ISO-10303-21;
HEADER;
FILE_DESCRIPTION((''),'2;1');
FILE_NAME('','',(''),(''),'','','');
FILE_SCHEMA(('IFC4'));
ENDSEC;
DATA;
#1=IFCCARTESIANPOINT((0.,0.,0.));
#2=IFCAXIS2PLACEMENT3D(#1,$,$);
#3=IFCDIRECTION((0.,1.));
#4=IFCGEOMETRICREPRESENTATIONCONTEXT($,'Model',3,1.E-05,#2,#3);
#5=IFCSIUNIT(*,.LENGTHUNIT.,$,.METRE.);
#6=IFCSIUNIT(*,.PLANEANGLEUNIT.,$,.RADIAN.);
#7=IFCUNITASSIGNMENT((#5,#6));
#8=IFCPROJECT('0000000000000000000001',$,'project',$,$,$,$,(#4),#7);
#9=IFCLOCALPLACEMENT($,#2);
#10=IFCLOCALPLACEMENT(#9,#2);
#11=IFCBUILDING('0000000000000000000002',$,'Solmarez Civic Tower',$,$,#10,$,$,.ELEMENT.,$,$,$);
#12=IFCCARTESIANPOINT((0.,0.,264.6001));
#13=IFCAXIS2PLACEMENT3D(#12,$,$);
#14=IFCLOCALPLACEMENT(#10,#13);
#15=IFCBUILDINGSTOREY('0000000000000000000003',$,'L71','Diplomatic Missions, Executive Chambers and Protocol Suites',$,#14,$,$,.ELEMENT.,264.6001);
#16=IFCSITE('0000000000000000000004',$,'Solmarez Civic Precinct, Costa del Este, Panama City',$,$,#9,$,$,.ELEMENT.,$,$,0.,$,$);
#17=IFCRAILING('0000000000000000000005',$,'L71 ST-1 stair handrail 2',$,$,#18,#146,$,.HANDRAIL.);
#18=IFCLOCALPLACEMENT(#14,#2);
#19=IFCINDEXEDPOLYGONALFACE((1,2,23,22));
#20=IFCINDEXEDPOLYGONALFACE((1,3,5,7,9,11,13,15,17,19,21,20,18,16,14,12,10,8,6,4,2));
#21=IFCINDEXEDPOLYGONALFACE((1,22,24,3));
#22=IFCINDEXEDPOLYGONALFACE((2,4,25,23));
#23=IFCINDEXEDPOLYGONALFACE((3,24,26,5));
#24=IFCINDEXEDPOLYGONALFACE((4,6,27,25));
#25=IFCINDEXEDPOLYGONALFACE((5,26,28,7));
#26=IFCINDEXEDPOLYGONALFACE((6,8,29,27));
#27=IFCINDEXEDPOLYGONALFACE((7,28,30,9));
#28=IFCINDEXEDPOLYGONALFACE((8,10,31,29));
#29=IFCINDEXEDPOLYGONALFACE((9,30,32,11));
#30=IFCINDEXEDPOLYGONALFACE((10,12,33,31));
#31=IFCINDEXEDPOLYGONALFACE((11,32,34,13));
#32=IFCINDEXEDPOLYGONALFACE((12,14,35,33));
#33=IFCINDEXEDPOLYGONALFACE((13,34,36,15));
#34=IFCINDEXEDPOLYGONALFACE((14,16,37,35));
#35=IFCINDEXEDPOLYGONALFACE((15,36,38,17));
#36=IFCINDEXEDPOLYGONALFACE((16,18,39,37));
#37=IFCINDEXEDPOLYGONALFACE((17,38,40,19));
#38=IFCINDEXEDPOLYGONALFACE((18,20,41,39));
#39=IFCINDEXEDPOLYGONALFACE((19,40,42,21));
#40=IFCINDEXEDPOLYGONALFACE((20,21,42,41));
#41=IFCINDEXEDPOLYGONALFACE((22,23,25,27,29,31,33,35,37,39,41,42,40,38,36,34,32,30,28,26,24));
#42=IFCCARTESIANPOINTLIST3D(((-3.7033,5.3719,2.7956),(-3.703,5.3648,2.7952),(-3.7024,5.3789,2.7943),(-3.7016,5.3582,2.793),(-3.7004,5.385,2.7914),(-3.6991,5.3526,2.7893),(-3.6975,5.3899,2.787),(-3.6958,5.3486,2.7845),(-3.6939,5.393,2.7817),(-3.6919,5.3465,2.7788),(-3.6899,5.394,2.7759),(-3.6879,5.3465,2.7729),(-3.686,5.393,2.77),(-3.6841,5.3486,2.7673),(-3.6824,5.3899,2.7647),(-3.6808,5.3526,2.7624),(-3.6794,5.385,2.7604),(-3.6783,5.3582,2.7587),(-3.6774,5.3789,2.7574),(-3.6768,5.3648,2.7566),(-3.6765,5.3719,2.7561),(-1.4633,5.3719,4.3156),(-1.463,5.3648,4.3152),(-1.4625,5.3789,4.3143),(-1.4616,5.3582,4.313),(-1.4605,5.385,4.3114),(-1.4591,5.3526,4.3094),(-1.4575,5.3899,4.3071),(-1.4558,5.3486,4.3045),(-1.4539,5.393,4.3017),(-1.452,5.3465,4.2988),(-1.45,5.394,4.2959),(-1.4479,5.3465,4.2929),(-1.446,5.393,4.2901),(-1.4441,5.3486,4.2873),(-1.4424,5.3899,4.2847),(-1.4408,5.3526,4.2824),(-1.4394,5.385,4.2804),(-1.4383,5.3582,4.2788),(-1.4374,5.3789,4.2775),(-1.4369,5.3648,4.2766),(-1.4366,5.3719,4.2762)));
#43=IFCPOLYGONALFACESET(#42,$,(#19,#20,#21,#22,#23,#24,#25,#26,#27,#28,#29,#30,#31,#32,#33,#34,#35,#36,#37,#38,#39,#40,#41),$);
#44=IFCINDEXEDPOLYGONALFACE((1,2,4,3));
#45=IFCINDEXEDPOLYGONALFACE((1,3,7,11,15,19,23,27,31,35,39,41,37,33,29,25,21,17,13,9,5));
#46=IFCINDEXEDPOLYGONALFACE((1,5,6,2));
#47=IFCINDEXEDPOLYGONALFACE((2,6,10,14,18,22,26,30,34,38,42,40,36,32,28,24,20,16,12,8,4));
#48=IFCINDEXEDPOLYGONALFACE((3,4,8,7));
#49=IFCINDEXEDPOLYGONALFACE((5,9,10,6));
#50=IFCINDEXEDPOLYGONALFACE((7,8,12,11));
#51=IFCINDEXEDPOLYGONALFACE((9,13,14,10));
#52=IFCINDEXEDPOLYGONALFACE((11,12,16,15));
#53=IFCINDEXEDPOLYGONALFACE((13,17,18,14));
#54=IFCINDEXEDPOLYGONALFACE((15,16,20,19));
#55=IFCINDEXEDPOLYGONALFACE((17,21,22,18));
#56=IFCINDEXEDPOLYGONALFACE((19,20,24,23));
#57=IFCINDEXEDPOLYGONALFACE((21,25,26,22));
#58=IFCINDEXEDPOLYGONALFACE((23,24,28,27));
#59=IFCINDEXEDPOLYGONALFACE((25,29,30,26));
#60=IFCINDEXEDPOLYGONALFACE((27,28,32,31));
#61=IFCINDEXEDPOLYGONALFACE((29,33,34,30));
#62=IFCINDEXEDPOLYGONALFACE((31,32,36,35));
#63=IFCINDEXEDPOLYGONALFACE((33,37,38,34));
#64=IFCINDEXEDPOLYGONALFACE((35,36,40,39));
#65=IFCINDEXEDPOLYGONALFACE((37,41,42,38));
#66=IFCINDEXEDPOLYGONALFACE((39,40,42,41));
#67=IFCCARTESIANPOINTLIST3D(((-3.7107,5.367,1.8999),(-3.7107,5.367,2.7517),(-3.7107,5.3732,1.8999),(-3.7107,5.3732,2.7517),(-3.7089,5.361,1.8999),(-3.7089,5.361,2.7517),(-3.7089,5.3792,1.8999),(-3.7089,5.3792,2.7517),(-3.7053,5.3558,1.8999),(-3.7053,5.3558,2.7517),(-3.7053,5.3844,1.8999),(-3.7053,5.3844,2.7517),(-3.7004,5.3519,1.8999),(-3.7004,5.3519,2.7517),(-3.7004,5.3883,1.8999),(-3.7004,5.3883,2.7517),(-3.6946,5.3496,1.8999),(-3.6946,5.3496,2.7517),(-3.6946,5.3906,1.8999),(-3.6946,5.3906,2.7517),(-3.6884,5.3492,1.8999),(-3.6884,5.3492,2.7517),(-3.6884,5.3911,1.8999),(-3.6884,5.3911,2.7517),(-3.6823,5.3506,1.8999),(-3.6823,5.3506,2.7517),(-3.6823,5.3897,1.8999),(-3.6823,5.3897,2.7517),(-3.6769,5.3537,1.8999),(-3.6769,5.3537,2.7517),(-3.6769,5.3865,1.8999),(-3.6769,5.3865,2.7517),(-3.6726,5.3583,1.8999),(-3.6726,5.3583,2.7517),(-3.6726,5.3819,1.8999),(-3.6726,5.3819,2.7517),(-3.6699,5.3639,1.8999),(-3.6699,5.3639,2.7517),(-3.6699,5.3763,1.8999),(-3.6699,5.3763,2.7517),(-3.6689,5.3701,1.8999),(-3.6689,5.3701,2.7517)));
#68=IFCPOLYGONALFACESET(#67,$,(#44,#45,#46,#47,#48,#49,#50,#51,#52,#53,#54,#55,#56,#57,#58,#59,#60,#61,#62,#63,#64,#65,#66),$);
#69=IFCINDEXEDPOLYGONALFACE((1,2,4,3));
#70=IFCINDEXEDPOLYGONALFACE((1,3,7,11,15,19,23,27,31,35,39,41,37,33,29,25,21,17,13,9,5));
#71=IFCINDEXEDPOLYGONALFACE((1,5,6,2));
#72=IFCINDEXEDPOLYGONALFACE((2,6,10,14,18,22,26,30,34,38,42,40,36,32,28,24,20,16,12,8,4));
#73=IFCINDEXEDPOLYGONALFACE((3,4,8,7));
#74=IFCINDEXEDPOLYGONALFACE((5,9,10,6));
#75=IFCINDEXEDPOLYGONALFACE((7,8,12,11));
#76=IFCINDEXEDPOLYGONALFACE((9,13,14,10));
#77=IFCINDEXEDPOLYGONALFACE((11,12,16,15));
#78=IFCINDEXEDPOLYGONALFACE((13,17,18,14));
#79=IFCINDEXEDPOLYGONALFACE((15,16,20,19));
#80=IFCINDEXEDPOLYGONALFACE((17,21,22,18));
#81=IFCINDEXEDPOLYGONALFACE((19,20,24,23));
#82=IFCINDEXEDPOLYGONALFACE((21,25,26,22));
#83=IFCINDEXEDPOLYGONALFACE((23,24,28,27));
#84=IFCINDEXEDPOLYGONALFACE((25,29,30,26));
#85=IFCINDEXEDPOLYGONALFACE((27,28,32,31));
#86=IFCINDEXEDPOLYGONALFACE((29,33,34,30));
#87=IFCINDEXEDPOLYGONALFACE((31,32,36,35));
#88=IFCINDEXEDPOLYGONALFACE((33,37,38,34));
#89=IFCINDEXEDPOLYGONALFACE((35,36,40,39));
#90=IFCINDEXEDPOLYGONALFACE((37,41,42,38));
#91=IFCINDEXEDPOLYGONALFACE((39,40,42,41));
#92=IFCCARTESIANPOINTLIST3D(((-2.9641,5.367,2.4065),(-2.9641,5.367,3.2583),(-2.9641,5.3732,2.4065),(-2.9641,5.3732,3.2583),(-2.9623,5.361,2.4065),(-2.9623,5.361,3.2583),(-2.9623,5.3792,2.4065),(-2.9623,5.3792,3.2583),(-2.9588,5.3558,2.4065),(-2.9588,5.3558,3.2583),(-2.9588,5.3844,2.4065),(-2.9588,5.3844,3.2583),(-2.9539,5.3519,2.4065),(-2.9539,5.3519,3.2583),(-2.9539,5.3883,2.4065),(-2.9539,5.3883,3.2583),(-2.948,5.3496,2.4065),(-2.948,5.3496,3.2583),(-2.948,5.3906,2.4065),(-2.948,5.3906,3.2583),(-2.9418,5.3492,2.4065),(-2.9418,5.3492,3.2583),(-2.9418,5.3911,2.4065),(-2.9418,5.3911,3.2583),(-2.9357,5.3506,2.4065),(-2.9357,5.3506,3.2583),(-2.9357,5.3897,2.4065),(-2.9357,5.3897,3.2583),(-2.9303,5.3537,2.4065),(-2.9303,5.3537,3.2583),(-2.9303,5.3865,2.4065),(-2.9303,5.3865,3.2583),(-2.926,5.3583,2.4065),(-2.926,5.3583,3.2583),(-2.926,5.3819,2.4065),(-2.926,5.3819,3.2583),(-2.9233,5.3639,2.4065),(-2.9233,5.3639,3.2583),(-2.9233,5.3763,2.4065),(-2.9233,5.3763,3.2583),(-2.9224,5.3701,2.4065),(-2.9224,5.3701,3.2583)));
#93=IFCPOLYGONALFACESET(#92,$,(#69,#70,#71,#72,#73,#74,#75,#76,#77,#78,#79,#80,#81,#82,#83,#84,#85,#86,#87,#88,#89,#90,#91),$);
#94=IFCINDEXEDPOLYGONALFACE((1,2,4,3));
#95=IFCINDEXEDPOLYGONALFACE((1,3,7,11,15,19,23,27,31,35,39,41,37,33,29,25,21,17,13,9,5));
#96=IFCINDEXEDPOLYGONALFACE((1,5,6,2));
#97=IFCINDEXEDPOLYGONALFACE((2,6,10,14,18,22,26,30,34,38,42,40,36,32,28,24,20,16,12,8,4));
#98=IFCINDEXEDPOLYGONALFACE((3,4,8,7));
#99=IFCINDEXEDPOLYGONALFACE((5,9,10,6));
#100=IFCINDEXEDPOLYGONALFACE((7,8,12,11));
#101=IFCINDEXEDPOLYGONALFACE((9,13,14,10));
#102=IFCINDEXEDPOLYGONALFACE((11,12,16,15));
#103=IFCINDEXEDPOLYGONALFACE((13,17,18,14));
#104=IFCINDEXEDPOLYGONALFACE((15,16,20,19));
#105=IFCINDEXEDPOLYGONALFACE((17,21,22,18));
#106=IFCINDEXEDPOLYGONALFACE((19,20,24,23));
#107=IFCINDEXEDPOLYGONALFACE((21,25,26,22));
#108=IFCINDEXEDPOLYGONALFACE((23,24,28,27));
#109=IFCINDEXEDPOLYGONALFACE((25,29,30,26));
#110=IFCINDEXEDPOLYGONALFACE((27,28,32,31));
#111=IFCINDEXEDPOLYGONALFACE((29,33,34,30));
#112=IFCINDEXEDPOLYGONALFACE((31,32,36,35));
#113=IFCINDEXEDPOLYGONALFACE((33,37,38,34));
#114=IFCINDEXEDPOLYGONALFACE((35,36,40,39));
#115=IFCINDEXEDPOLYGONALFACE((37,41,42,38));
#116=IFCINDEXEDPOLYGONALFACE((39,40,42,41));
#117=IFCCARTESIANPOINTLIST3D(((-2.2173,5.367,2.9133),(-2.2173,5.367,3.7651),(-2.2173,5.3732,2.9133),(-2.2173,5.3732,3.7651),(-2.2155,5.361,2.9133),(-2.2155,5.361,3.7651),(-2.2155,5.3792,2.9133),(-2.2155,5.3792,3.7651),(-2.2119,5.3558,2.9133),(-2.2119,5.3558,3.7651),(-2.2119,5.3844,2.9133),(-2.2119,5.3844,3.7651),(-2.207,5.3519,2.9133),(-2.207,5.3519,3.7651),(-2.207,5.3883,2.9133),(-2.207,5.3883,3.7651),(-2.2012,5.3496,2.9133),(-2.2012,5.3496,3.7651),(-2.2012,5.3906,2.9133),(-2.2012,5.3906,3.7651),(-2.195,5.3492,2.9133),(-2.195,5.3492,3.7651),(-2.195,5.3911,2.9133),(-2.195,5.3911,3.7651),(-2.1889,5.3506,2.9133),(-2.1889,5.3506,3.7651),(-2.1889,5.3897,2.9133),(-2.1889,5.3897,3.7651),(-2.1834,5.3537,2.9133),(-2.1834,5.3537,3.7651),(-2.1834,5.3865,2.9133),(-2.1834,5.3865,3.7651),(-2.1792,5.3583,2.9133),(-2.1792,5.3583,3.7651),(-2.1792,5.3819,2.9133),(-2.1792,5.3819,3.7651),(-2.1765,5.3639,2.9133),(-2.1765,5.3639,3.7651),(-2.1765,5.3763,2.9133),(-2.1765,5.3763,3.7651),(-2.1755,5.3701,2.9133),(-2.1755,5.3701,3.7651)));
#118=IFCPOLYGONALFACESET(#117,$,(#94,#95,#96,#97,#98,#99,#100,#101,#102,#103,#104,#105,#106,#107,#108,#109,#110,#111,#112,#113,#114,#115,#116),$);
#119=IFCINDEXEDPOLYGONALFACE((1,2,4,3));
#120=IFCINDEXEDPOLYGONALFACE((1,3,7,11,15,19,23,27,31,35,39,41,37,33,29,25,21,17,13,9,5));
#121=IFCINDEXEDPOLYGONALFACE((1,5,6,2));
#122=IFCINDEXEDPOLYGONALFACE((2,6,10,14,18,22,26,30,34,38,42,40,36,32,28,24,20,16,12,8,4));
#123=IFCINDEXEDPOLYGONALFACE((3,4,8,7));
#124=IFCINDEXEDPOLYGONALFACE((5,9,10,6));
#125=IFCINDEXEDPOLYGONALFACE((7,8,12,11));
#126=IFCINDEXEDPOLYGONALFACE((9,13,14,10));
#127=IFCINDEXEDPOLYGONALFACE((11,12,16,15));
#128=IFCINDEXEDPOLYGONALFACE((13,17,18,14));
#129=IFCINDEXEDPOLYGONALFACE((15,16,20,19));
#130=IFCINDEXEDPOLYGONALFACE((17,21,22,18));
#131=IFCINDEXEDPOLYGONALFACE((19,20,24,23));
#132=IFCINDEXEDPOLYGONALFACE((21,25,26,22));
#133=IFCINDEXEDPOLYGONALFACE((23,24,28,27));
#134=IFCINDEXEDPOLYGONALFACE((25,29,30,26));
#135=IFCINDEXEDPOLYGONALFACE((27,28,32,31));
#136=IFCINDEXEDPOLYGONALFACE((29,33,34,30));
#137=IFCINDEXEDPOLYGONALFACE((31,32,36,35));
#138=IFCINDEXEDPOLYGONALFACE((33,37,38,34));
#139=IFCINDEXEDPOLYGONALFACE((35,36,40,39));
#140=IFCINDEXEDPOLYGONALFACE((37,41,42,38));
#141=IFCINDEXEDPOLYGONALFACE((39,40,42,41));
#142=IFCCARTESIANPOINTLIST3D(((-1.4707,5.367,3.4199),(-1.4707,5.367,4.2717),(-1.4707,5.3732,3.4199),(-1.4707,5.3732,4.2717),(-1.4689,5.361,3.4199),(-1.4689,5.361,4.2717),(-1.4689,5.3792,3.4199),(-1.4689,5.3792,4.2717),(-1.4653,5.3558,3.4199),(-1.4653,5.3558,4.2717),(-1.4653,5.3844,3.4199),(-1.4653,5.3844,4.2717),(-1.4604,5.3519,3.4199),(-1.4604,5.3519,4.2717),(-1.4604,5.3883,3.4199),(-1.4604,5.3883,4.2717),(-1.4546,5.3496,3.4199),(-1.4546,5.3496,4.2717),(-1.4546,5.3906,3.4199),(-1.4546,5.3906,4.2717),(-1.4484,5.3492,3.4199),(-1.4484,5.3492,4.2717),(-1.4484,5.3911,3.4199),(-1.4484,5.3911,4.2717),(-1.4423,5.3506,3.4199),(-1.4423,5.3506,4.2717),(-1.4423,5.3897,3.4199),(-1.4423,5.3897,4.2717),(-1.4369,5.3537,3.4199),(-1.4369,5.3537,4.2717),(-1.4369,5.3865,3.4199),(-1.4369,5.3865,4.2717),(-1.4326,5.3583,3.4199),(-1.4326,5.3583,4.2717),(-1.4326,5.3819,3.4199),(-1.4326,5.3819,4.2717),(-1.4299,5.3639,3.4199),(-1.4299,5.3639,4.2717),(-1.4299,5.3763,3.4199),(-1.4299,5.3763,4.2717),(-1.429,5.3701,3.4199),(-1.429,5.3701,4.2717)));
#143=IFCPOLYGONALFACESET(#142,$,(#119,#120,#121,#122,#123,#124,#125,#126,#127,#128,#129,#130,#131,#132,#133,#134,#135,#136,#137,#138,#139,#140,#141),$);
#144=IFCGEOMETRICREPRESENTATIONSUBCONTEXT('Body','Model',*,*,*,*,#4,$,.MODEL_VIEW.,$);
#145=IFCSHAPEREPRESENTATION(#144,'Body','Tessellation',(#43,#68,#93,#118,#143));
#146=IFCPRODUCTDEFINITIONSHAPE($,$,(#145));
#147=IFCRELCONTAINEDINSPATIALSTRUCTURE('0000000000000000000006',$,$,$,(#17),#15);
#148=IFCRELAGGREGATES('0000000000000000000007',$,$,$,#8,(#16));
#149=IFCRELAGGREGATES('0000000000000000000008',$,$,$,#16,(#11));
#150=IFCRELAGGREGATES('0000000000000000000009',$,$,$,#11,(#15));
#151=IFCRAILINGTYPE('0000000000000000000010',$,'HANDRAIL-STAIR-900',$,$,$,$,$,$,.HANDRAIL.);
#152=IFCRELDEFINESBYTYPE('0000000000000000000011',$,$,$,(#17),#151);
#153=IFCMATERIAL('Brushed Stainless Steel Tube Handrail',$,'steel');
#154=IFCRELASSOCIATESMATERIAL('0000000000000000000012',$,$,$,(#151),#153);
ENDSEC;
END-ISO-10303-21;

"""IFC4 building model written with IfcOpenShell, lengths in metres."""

from ifc_helpers import new_model, si_unit, direction, frame, origin, origin_2d, place, context, subcontext, project, spatial, circle, extrude, material, type_object, element, save


model = new_model("IFC4")

# Units and contexts
model_context = context("Model", 3, precision=1e-05, world=origin(), true_north=direction((0.0, 1.0)))
body_context = subcontext(model_context, "Body", "Model", "MODEL_VIEW")
ifc_project = project(units=[si_unit("LENGTHUNIT", "METRE"), si_unit("PLANEANGLEUNIT", "RADIAN")], contexts=[model_context])

# Site, building, storey
site_placement = place(None, origin())
site = spatial("IfcSite", under=ifc_project, at=site_placement, Name="Solmarez Civic Precinct, Costa del Este, Panama City", CompositionType="ELEMENT", RefElevation=0.0)
building_placement = place(site_placement, origin())
building = spatial("IfcBuilding", under=site, at=building_placement, Name="Solmarez Civic Tower", CompositionType="ELEMENT")
storey_placement = place(building_placement, frame((0.0, 0.0, 264.6001)))
storey = spatial("IfcBuildingStorey", under=building, at=storey_placement, Name="L71", Description="Diplomatic Missions, Executive Chambers and Protocol Suites", CompositionType="ELEMENT", Elevation=264.6001)

# Railing
ifc_material_1 = material(Name="Brushed Stainless Steel Tube Handrail", Category="steel")
railing_type_1 = type_object("IfcRailingType", Name="HANDRAIL-STAIR-900", PredefinedType="HANDRAIL", material=ifc_material_1)
railing_1_placement = place(storey_placement, frame((-3.6899, 5.3701, 1.8999)))
element("IfcRailing", 1, at=railing_1_placement, inside=storey, type_object=railing_type_1, Name="L71 ST-1 stair handrail 2", PredefinedType="HANDRAIL", context=body_context, shape_type="SweptSolid", body=[
    extrude(circle(Radius=0.0239, at=origin_2d()), frame((0.0, 0.0, 0.876), z_axis=(0.827471, 0.0, 0.561508), x_axis=(0.0, 1.0, 0.0)), (0.0, 0.0, 1.0), 2.707),
    extrude(circle(Radius=0.021, at=origin_2d()), origin(), (0.0, 0.0, 1.0), 0.8518),
    extrude(circle(Radius=0.021, at=origin_2d()), frame((0.7466, 0.0, 0.5066)), (0.0, 0.0, 1.0), 0.8518),
    extrude(circle(Radius=0.021, at=origin_2d()), frame((1.4934, 0.0, 1.0134)), (0.0, 0.0, 1.0), 0.8518),
    extrude(circle(Radius=0.021, at=origin_2d()), frame((2.24, 0.0, 1.52)), (0.0, 0.0, 1.0), 0.8518),
])

save(model, "model.ifc")
